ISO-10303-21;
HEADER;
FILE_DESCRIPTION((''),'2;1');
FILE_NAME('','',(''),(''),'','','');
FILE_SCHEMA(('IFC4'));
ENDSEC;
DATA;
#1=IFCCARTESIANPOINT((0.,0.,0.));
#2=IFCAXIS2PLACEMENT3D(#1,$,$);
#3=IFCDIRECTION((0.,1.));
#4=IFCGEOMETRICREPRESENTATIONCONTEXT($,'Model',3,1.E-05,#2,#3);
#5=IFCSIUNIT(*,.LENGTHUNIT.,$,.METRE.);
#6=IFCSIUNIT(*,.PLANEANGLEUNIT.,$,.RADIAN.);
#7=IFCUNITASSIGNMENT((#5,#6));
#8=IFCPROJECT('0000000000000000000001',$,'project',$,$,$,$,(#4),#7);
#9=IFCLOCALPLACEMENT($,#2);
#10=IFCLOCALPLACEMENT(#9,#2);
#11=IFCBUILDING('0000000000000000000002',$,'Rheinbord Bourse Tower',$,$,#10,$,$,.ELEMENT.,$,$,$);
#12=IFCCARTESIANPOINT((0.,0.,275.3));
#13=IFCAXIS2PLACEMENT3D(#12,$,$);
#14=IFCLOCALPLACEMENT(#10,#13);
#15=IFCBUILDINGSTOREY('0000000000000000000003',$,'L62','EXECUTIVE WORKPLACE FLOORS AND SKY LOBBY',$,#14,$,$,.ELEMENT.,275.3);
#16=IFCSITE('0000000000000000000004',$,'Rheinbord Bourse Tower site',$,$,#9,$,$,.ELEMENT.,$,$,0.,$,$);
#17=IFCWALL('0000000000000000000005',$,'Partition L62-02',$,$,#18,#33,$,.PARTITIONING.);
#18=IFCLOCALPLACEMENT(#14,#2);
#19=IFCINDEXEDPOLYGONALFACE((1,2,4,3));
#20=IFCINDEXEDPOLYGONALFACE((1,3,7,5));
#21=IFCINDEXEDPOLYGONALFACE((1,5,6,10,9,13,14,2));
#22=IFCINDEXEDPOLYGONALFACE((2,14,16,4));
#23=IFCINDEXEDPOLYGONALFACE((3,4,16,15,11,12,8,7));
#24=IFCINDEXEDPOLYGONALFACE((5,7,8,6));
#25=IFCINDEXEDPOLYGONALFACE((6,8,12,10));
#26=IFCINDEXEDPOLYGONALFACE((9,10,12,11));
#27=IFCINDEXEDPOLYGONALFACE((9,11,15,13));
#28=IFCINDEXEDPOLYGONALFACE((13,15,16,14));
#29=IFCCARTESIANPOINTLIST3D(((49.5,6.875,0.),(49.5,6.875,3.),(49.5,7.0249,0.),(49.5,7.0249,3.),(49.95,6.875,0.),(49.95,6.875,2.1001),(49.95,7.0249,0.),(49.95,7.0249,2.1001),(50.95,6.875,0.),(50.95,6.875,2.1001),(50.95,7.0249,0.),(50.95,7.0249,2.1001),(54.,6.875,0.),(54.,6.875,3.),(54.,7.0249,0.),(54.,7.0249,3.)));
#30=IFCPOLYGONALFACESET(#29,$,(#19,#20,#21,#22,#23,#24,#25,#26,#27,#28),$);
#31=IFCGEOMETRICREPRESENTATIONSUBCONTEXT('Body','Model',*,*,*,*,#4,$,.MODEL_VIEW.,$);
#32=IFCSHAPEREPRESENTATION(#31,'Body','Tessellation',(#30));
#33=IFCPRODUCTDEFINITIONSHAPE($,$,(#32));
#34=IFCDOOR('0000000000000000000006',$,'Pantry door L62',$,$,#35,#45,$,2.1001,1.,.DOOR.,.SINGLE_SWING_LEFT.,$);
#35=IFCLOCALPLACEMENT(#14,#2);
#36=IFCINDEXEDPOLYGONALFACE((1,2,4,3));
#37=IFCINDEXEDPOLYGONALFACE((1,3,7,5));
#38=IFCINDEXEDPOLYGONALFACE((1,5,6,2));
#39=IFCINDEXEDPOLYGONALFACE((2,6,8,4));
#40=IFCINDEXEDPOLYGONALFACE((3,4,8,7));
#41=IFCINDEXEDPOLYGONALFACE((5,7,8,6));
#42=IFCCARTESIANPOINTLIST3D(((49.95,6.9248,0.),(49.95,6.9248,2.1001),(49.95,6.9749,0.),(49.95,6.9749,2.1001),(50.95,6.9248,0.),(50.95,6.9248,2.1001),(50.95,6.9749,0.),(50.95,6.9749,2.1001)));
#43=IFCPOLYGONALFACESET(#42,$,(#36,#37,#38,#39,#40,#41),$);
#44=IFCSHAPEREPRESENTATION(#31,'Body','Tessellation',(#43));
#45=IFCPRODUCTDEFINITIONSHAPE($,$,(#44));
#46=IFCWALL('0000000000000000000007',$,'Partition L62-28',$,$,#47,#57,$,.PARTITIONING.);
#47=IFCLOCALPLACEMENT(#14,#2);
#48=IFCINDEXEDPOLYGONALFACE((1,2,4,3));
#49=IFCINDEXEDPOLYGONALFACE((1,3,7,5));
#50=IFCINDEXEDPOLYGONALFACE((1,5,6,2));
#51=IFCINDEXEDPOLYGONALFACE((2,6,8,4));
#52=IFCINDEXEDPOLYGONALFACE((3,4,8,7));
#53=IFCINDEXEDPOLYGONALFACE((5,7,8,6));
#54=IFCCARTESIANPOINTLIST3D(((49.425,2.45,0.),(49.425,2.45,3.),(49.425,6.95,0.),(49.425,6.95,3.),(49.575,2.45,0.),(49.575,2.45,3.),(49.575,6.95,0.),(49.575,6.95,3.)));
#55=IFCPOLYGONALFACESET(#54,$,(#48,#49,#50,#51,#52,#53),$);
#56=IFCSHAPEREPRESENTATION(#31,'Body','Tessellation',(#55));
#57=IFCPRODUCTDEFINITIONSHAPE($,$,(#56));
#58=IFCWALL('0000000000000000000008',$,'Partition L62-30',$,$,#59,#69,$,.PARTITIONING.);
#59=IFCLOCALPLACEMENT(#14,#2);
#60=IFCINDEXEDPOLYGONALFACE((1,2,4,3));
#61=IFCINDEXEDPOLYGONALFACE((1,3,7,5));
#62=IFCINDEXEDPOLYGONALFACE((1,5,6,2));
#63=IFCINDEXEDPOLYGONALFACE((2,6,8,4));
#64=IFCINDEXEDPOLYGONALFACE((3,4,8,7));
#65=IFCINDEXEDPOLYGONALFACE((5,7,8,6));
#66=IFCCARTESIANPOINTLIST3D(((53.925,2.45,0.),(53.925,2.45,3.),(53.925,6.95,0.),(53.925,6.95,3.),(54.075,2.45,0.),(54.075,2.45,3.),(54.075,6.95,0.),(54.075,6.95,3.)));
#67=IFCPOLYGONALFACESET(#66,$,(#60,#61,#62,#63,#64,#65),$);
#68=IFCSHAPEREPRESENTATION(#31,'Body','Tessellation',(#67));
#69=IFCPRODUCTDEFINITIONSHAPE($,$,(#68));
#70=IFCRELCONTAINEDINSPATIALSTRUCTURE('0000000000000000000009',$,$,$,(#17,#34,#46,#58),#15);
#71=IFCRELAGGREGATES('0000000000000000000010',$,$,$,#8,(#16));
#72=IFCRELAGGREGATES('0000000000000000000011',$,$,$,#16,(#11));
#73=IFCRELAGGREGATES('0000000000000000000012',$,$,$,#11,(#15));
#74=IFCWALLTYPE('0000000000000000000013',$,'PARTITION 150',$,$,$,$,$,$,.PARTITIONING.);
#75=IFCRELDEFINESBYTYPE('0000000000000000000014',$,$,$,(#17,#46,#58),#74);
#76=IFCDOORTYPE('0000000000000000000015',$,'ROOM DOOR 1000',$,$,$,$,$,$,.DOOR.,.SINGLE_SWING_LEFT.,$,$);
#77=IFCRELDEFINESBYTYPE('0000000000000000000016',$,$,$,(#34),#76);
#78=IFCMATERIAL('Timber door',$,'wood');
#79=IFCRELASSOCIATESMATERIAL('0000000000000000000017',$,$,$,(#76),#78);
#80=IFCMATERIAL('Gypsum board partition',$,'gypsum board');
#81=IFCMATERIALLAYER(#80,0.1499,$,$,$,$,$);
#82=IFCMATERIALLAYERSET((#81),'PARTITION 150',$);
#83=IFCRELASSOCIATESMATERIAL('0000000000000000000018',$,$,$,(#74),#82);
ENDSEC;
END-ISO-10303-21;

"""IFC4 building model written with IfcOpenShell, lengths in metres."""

from ifc_helpers import new_model, si_unit, direction, frame, frame_2d, origin, place, context, subcontext, project, spatial, rectangle, extrude, material, layer, layer_set, type_object, element, fill, save


model = new_model("IFC4")

# Units and contexts
model_context = context("Model", 3, precision=1e-05, world=origin(), true_north=direction((0.0, 1.0)))
body_context = subcontext(model_context, "Body", "Model", "MODEL_VIEW")
ifc_project = project(units=[si_unit("LENGTHUNIT", "METRE"), si_unit("PLANEANGLEUNIT", "RADIAN")], contexts=[model_context])

# Site, building, storey
site_placement = place(None, origin())
site = spatial("IfcSite", under=ifc_project, at=site_placement, Name="Rheinbord Bourse Tower site", CompositionType="ELEMENT", RefElevation=0.0)
building_placement = place(site_placement, origin())
building = spatial("IfcBuilding", under=site, at=building_placement, Name="Rheinbord Bourse Tower", CompositionType="ELEMENT")
storey_placement = place(building_placement, frame((0.0, 0.0, 275.3)))
storey = spatial("IfcBuildingStorey", under=building, at=storey_placement, Name="L62", Description="EXECUTIVE WORKPLACE FLOORS AND SKY LOBBY", CompositionType="ELEMENT", Elevation=275.3)

# Shared definitions
ifc_material_1 = material(Name="Timber door", Category="wood")
door_type = type_object("IfcDoorType", Name="ROOM DOOR 1000", OperationType="SINGLE_SWING_LEFT", PredefinedType="DOOR", material=ifc_material_1)

# Wall, opening, door
ifc_material_2 = material(Name="Gypsum board partition", Category="gypsum board")
ifc_layer_1 = layer(ifc_material_2, 0.1499)
ifc_layer_set_1 = layer_set([ifc_layer_1], Name="PARTITION 150")
wall_type_1 = type_object("IfcWallType", Name="PARTITION 150", PredefinedType="PARTITIONING", material=ifc_layer_set_1)
wall_1_placement = place(storey_placement, frame((49.5, 6.95, 0.0), z_axis=(0.0, 0.0, 1.0), x_axis=(1.0, 0.0, 0.0)))
wall_1 = element("IfcWall", 1, at=wall_1_placement, inside=storey, type_object=wall_type_1, Name="Partition L62-02", PredefinedType="PARTITIONING", context=body_context, shape_type="SweptSolid", body=[
    extrude(rectangle(XDim=4.5, YDim=0.1499, at=frame_2d((2.25, 0.0))), origin(), (0.0, 0.0, 1.0), 3.0),
])
opening_1_placement = place(wall_1_placement, frame((0.45, 0.0, 0.0)))
opening_1 = element("IfcOpeningElement", 2, at=opening_1_placement, cuts=wall_1, PredefinedType="OPENING", context=body_context, shape_type="SweptSolid", body=[
    extrude(rectangle(XDim=1.0, YDim=2.1001, at=frame_2d((0.5, 1.05))), frame((0.0, 0.085, 0.0), z_axis=(0.0, -1.0, 0.0), x_axis=(1.0, 0.0, 0.0)), (0.0, 0.0, 1.0), 0.1699),
])
door_1_placement = place(opening_1_placement, origin())
door_1 = element("IfcDoor", 3, at=door_1_placement, inside=storey, type_object=door_type, Name="Pantry door L62", OperationType="SINGLE_SWING_LEFT", OverallHeight=2.1001, OverallWidth=1.0, PredefinedType="DOOR", context=body_context, shape_type="SweptSolid", body=[
    extrude(rectangle(XDim=1.0, YDim=2.1001, at=frame_2d((0.5, 1.05))), frame((0.0, 0.0249, 0.0), z_axis=(0.0, -1.0, 0.0), x_axis=(1.0, 0.0, 0.0)), (0.0, 0.0, 1.0), 0.05),
])
fill(opening_1, door_1)

# Walls
for number, where, z_axis, x_axis, name in (
    (4, (49.5, 2.45, 0.0), (0.0, 0.0, 1.0), (0.0, 1.0, 0.0), "Partition L62-28"),
    (5, (54.0, 2.45, 0.0), (0.0, 0.0, 1.0), (0.0, 1.0, 0.0), "Partition L62-30"),
):
    element("IfcWall", number, at=place(storey_placement, frame(where, z_axis=z_axis, x_axis=x_axis)), inside=storey, type_object=wall_type_1, Name=name, PredefinedType="PARTITIONING", context=body_context, shape_type="SweptSolid", body=[
        extrude(rectangle(XDim=4.5, YDim=0.1499, at=frame_2d((2.25, 0.0))), origin(), (0.0, 0.0, 1.0), 3.0),
    ])

save(model, "model.ifc")
